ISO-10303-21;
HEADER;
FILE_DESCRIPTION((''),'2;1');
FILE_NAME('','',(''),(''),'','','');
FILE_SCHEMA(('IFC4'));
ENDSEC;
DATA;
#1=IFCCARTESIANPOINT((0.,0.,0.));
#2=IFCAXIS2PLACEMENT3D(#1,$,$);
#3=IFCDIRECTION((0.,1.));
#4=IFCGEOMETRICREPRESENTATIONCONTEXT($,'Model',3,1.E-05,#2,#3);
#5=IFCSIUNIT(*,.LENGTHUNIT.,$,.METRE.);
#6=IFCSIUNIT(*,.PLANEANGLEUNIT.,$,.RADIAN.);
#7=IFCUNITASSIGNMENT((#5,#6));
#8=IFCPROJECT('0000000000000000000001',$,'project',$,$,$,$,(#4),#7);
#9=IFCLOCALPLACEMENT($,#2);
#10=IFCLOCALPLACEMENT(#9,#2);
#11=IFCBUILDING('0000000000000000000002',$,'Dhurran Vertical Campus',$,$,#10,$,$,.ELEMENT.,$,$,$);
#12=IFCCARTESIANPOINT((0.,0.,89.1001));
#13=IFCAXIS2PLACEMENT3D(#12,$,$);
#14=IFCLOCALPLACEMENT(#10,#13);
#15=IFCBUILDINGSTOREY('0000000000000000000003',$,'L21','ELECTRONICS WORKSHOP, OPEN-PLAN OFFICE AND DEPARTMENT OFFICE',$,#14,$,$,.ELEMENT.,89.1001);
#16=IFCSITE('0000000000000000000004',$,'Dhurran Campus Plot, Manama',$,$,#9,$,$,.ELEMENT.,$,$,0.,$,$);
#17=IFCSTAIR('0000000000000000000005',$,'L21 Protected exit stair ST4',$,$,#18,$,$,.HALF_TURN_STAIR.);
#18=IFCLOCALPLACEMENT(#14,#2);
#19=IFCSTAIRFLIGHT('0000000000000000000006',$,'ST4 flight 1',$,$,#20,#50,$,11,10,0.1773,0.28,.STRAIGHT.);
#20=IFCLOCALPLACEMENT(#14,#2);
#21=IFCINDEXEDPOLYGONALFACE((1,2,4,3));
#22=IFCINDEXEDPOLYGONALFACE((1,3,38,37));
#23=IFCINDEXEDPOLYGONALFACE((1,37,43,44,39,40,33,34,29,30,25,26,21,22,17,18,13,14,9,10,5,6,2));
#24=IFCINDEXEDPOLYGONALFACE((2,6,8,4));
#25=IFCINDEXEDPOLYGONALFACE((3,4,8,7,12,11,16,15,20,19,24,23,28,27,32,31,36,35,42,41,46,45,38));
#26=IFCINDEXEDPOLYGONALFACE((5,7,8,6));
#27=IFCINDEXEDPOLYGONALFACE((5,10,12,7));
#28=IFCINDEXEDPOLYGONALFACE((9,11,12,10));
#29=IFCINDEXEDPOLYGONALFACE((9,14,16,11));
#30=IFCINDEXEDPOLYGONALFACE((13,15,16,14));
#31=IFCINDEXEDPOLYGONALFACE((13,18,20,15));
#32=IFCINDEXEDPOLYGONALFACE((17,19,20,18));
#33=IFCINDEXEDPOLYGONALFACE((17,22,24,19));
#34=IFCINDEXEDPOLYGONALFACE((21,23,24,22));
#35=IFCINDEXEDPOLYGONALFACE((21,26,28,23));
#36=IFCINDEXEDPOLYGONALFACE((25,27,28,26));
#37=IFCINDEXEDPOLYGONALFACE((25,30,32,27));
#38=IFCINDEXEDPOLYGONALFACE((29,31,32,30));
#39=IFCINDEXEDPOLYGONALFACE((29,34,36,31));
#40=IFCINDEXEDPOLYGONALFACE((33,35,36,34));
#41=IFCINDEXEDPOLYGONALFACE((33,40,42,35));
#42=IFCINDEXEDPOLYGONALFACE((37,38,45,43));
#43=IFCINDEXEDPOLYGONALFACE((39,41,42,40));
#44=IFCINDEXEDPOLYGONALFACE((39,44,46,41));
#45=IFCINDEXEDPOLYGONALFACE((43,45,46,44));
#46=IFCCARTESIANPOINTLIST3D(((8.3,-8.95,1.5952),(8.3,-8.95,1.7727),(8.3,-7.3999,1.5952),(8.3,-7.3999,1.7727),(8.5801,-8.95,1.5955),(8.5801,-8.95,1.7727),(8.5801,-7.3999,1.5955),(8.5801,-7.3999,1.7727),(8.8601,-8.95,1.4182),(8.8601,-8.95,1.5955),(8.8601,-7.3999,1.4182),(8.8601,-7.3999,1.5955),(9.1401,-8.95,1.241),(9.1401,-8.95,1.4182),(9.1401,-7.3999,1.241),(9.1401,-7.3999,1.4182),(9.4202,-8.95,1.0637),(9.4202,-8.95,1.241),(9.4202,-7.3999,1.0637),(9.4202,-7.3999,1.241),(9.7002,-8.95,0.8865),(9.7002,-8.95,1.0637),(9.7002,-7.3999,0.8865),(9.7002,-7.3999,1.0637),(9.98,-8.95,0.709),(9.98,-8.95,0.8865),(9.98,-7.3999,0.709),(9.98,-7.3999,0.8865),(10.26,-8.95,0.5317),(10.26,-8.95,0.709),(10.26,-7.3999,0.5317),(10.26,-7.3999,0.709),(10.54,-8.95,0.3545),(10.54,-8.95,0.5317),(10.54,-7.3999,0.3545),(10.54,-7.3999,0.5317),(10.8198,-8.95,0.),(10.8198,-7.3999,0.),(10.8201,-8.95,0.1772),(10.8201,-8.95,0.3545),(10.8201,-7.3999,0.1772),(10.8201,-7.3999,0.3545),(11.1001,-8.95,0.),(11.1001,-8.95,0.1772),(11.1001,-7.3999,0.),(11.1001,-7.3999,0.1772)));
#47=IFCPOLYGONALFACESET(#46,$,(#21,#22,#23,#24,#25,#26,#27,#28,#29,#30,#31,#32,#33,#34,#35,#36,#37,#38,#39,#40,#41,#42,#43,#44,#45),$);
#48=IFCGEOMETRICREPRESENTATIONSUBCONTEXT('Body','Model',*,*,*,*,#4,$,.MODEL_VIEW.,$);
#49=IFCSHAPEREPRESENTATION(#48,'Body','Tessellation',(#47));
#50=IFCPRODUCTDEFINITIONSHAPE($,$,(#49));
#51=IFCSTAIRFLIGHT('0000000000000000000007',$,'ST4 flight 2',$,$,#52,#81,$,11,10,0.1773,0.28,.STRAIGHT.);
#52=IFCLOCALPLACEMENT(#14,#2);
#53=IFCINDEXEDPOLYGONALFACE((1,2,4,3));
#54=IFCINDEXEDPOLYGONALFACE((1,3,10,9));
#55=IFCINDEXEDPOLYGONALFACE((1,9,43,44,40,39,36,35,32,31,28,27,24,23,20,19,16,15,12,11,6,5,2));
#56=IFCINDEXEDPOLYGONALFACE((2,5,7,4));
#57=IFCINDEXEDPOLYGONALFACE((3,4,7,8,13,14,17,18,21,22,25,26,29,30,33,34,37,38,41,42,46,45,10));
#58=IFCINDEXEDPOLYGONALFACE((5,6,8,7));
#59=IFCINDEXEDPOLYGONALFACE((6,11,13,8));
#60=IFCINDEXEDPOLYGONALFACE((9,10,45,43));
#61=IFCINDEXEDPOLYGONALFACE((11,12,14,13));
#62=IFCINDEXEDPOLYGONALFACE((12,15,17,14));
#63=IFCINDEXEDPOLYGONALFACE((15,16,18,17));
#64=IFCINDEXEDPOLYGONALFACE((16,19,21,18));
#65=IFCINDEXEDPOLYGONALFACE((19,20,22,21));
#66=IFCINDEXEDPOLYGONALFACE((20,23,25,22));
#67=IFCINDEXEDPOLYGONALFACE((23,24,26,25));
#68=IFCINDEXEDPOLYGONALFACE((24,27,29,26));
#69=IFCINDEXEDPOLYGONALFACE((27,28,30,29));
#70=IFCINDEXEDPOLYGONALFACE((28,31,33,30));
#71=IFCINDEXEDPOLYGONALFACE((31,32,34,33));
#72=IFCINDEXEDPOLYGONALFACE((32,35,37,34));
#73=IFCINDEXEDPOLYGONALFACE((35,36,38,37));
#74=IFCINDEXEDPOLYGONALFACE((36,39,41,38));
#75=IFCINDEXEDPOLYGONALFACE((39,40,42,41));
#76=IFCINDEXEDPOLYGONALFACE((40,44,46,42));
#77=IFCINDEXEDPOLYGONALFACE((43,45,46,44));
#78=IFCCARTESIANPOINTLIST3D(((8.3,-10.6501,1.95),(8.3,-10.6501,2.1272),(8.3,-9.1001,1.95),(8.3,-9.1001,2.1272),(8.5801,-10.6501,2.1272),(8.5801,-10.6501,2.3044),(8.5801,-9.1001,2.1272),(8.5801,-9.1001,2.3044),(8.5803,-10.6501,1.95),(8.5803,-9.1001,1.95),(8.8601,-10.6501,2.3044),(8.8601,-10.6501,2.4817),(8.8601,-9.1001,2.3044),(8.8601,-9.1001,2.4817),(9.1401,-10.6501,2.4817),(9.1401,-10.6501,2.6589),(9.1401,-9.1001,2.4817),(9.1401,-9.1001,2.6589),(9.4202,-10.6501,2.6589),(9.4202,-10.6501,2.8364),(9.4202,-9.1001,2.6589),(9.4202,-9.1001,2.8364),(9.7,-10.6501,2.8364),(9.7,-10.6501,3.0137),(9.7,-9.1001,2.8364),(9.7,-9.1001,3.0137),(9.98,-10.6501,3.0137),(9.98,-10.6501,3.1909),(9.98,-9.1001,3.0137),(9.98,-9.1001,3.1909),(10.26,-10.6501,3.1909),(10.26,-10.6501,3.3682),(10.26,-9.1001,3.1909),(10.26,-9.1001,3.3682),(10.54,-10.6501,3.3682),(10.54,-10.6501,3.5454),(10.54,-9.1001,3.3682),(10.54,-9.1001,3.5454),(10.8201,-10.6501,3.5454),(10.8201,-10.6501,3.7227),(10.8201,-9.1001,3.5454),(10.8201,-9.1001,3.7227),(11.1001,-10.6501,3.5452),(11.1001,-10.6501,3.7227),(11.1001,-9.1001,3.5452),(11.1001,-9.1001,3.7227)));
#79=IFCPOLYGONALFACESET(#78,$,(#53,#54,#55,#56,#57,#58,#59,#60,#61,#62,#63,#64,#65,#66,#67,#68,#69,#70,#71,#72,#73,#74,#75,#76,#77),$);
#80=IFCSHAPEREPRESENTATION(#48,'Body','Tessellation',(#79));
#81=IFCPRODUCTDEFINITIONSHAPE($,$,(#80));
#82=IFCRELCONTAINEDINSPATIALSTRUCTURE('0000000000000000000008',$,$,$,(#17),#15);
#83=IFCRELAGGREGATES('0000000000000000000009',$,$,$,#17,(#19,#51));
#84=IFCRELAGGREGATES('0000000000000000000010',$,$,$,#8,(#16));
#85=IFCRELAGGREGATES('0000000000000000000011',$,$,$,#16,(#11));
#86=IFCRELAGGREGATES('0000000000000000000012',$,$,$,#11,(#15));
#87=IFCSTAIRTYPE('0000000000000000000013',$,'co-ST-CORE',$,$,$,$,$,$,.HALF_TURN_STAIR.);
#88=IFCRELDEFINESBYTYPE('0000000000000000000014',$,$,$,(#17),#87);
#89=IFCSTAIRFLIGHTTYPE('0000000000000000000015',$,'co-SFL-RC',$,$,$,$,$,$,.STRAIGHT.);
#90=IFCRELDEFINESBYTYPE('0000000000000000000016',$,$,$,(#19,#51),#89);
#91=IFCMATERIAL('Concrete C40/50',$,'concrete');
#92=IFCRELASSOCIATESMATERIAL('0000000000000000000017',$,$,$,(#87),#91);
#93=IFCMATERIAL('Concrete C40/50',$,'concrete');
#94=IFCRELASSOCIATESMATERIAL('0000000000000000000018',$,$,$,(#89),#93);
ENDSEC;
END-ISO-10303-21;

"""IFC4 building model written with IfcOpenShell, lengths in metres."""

from ifc_helpers import new_model, si_unit, direction, frame, origin, place, context, subcontext, project, spatial, polyline, outline, extrude, material, type_object, element, aggregate, save


model = new_model("IFC4")

# Units and contexts
model_context = context("Model", 3, precision=1e-05, world=origin(), true_north=direction((0.0, 1.0)))
body_context = subcontext(model_context, "Body", "Model", "MODEL_VIEW")
ifc_project = project(units=[si_unit("LENGTHUNIT", "METRE"), si_unit("PLANEANGLEUNIT", "RADIAN")], contexts=[model_context])

# Site, building, storey
site_placement = place(None, origin())
site = spatial("IfcSite", under=ifc_project, at=site_placement, Name="Dhurran Campus Plot, Manama", CompositionType="ELEMENT", RefElevation=0.0)
building_placement = place(site_placement, origin())
building = spatial("IfcBuilding", under=site, at=building_placement, Name="Dhurran Vertical Campus", CompositionType="ELEMENT")
storey_placement = place(building_placement, frame((0.0, 0.0, 89.1001)))
storey = spatial("IfcBuildingStorey", under=building, at=storey_placement, Name="L21", Description="ELECTRONICS WORKSHOP, OPEN-PLAN OFFICE AND DEPARTMENT OFFICE", CompositionType="ELEMENT", Elevation=89.1001)

# Stair, stair flights
ifc_material_1 = material(Name="Concrete C40/50", Category="concrete")
stair_type = type_object("IfcStairType", Name="co-ST-CORE", PredefinedType="HALF_TURN_STAIR", material=ifc_material_1)
stair_placement = place(storey_placement, origin())
stair = element("IfcStair", 1, at=stair_placement, inside=storey, type_object=stair_type, Name="L21 Protected exit stair ST4", PredefinedType="HALF_TURN_STAIR")
ifc_material_2 = material(Name="Concrete C40/50", Category="concrete")
stair_flight_type = type_object("IfcStairFlightType", Name="co-SFL-RC", PredefinedType="STRAIGHT", material=ifc_material_2)
stair_flight_1_placement = place(storey_placement, frame((11.1001, -8.175, 0.0), z_axis=(0.0, 0.0, 1.0), x_axis=(-1.0, 0.0, 0.0)))
stair_flight_1 = element("IfcStairFlight", 2, at=stair_flight_1_placement, type_object=stair_flight_type, Name="ST4 flight 1", NumberOfRisers=11, NumberOfTreads=10, PredefinedType="STRAIGHT", RiserHeight=0.1773, TreadLength=0.28, context=body_context, shape_type="SweptSolid", body=[
    extrude(outline(polyline([(0.0, 0.0), (0.0, 0.1772), (0.28, 0.1772), (0.28, 0.3545), (0.5601, 0.3545), (0.5601, 0.5317), (0.8401, 0.5317), (0.8401, 0.709), (1.1201, 0.709), (1.1201, 0.8865), (1.3999, 0.8865), (1.3999, 1.0637), (1.6799, 1.0637), (1.6799, 1.241), (1.96, 1.241), (1.96, 1.4182), (2.24, 1.4182), (2.24, 1.5955), (2.52, 1.5955), (2.52, 1.7727), (2.8, 1.7727), (2.8, 1.95), (2.8, 1.5952), (0.2803, 0.0), (0.0, 0.0)])), frame((0.0, 0.7749, 0.0), z_axis=(0.0, -1.0, 0.0), x_axis=(1.0, 0.0, 0.0)), (0.0, 0.0, 1.0), 1.55),
])
stair_flight_2_placement = place(storey_placement, frame((8.3, -9.875, 1.95), z_axis=(0.0, 0.0, 1.0), x_axis=(1.0, 0.0, 0.0)))
stair_flight_2 = element("IfcStairFlight", 3, at=stair_flight_2_placement, type_object=stair_flight_type, Name="ST4 flight 2", NumberOfRisers=11, NumberOfTreads=10, PredefinedType="STRAIGHT", RiserHeight=0.1773, TreadLength=0.28, context=body_context, shape_type="SweptSolid", body=[
    extrude(outline(polyline([(0.0, 0.0), (0.0, 0.1772), (0.28, 0.1772), (0.28, 0.3545), (0.5601, 0.3545), (0.5601, 0.5317), (0.8401, 0.5317), (0.8401, 0.709), (1.1201, 0.709), (1.1201, 0.8865), (1.3999, 0.8865), (1.3999, 1.0637), (1.6799, 1.0637), (1.6799, 1.241), (1.96, 1.241), (1.96, 1.4182), (2.24, 1.4182), (2.24, 1.5955), (2.52, 1.5955), (2.52, 1.7727), (2.8, 1.7727), (2.8, 1.95), (2.8, 1.5952), (0.2803, 0.0), (0.0, 0.0)])), frame((0.0, 0.7749, 0.0), z_axis=(0.0, -1.0, 0.0), x_axis=(1.0, 0.0, 0.0)), (0.0, 0.0, 1.0), 1.55),
])
aggregate(stair, [stair_flight_1, stair_flight_2])

save(model, "model.ifc")
